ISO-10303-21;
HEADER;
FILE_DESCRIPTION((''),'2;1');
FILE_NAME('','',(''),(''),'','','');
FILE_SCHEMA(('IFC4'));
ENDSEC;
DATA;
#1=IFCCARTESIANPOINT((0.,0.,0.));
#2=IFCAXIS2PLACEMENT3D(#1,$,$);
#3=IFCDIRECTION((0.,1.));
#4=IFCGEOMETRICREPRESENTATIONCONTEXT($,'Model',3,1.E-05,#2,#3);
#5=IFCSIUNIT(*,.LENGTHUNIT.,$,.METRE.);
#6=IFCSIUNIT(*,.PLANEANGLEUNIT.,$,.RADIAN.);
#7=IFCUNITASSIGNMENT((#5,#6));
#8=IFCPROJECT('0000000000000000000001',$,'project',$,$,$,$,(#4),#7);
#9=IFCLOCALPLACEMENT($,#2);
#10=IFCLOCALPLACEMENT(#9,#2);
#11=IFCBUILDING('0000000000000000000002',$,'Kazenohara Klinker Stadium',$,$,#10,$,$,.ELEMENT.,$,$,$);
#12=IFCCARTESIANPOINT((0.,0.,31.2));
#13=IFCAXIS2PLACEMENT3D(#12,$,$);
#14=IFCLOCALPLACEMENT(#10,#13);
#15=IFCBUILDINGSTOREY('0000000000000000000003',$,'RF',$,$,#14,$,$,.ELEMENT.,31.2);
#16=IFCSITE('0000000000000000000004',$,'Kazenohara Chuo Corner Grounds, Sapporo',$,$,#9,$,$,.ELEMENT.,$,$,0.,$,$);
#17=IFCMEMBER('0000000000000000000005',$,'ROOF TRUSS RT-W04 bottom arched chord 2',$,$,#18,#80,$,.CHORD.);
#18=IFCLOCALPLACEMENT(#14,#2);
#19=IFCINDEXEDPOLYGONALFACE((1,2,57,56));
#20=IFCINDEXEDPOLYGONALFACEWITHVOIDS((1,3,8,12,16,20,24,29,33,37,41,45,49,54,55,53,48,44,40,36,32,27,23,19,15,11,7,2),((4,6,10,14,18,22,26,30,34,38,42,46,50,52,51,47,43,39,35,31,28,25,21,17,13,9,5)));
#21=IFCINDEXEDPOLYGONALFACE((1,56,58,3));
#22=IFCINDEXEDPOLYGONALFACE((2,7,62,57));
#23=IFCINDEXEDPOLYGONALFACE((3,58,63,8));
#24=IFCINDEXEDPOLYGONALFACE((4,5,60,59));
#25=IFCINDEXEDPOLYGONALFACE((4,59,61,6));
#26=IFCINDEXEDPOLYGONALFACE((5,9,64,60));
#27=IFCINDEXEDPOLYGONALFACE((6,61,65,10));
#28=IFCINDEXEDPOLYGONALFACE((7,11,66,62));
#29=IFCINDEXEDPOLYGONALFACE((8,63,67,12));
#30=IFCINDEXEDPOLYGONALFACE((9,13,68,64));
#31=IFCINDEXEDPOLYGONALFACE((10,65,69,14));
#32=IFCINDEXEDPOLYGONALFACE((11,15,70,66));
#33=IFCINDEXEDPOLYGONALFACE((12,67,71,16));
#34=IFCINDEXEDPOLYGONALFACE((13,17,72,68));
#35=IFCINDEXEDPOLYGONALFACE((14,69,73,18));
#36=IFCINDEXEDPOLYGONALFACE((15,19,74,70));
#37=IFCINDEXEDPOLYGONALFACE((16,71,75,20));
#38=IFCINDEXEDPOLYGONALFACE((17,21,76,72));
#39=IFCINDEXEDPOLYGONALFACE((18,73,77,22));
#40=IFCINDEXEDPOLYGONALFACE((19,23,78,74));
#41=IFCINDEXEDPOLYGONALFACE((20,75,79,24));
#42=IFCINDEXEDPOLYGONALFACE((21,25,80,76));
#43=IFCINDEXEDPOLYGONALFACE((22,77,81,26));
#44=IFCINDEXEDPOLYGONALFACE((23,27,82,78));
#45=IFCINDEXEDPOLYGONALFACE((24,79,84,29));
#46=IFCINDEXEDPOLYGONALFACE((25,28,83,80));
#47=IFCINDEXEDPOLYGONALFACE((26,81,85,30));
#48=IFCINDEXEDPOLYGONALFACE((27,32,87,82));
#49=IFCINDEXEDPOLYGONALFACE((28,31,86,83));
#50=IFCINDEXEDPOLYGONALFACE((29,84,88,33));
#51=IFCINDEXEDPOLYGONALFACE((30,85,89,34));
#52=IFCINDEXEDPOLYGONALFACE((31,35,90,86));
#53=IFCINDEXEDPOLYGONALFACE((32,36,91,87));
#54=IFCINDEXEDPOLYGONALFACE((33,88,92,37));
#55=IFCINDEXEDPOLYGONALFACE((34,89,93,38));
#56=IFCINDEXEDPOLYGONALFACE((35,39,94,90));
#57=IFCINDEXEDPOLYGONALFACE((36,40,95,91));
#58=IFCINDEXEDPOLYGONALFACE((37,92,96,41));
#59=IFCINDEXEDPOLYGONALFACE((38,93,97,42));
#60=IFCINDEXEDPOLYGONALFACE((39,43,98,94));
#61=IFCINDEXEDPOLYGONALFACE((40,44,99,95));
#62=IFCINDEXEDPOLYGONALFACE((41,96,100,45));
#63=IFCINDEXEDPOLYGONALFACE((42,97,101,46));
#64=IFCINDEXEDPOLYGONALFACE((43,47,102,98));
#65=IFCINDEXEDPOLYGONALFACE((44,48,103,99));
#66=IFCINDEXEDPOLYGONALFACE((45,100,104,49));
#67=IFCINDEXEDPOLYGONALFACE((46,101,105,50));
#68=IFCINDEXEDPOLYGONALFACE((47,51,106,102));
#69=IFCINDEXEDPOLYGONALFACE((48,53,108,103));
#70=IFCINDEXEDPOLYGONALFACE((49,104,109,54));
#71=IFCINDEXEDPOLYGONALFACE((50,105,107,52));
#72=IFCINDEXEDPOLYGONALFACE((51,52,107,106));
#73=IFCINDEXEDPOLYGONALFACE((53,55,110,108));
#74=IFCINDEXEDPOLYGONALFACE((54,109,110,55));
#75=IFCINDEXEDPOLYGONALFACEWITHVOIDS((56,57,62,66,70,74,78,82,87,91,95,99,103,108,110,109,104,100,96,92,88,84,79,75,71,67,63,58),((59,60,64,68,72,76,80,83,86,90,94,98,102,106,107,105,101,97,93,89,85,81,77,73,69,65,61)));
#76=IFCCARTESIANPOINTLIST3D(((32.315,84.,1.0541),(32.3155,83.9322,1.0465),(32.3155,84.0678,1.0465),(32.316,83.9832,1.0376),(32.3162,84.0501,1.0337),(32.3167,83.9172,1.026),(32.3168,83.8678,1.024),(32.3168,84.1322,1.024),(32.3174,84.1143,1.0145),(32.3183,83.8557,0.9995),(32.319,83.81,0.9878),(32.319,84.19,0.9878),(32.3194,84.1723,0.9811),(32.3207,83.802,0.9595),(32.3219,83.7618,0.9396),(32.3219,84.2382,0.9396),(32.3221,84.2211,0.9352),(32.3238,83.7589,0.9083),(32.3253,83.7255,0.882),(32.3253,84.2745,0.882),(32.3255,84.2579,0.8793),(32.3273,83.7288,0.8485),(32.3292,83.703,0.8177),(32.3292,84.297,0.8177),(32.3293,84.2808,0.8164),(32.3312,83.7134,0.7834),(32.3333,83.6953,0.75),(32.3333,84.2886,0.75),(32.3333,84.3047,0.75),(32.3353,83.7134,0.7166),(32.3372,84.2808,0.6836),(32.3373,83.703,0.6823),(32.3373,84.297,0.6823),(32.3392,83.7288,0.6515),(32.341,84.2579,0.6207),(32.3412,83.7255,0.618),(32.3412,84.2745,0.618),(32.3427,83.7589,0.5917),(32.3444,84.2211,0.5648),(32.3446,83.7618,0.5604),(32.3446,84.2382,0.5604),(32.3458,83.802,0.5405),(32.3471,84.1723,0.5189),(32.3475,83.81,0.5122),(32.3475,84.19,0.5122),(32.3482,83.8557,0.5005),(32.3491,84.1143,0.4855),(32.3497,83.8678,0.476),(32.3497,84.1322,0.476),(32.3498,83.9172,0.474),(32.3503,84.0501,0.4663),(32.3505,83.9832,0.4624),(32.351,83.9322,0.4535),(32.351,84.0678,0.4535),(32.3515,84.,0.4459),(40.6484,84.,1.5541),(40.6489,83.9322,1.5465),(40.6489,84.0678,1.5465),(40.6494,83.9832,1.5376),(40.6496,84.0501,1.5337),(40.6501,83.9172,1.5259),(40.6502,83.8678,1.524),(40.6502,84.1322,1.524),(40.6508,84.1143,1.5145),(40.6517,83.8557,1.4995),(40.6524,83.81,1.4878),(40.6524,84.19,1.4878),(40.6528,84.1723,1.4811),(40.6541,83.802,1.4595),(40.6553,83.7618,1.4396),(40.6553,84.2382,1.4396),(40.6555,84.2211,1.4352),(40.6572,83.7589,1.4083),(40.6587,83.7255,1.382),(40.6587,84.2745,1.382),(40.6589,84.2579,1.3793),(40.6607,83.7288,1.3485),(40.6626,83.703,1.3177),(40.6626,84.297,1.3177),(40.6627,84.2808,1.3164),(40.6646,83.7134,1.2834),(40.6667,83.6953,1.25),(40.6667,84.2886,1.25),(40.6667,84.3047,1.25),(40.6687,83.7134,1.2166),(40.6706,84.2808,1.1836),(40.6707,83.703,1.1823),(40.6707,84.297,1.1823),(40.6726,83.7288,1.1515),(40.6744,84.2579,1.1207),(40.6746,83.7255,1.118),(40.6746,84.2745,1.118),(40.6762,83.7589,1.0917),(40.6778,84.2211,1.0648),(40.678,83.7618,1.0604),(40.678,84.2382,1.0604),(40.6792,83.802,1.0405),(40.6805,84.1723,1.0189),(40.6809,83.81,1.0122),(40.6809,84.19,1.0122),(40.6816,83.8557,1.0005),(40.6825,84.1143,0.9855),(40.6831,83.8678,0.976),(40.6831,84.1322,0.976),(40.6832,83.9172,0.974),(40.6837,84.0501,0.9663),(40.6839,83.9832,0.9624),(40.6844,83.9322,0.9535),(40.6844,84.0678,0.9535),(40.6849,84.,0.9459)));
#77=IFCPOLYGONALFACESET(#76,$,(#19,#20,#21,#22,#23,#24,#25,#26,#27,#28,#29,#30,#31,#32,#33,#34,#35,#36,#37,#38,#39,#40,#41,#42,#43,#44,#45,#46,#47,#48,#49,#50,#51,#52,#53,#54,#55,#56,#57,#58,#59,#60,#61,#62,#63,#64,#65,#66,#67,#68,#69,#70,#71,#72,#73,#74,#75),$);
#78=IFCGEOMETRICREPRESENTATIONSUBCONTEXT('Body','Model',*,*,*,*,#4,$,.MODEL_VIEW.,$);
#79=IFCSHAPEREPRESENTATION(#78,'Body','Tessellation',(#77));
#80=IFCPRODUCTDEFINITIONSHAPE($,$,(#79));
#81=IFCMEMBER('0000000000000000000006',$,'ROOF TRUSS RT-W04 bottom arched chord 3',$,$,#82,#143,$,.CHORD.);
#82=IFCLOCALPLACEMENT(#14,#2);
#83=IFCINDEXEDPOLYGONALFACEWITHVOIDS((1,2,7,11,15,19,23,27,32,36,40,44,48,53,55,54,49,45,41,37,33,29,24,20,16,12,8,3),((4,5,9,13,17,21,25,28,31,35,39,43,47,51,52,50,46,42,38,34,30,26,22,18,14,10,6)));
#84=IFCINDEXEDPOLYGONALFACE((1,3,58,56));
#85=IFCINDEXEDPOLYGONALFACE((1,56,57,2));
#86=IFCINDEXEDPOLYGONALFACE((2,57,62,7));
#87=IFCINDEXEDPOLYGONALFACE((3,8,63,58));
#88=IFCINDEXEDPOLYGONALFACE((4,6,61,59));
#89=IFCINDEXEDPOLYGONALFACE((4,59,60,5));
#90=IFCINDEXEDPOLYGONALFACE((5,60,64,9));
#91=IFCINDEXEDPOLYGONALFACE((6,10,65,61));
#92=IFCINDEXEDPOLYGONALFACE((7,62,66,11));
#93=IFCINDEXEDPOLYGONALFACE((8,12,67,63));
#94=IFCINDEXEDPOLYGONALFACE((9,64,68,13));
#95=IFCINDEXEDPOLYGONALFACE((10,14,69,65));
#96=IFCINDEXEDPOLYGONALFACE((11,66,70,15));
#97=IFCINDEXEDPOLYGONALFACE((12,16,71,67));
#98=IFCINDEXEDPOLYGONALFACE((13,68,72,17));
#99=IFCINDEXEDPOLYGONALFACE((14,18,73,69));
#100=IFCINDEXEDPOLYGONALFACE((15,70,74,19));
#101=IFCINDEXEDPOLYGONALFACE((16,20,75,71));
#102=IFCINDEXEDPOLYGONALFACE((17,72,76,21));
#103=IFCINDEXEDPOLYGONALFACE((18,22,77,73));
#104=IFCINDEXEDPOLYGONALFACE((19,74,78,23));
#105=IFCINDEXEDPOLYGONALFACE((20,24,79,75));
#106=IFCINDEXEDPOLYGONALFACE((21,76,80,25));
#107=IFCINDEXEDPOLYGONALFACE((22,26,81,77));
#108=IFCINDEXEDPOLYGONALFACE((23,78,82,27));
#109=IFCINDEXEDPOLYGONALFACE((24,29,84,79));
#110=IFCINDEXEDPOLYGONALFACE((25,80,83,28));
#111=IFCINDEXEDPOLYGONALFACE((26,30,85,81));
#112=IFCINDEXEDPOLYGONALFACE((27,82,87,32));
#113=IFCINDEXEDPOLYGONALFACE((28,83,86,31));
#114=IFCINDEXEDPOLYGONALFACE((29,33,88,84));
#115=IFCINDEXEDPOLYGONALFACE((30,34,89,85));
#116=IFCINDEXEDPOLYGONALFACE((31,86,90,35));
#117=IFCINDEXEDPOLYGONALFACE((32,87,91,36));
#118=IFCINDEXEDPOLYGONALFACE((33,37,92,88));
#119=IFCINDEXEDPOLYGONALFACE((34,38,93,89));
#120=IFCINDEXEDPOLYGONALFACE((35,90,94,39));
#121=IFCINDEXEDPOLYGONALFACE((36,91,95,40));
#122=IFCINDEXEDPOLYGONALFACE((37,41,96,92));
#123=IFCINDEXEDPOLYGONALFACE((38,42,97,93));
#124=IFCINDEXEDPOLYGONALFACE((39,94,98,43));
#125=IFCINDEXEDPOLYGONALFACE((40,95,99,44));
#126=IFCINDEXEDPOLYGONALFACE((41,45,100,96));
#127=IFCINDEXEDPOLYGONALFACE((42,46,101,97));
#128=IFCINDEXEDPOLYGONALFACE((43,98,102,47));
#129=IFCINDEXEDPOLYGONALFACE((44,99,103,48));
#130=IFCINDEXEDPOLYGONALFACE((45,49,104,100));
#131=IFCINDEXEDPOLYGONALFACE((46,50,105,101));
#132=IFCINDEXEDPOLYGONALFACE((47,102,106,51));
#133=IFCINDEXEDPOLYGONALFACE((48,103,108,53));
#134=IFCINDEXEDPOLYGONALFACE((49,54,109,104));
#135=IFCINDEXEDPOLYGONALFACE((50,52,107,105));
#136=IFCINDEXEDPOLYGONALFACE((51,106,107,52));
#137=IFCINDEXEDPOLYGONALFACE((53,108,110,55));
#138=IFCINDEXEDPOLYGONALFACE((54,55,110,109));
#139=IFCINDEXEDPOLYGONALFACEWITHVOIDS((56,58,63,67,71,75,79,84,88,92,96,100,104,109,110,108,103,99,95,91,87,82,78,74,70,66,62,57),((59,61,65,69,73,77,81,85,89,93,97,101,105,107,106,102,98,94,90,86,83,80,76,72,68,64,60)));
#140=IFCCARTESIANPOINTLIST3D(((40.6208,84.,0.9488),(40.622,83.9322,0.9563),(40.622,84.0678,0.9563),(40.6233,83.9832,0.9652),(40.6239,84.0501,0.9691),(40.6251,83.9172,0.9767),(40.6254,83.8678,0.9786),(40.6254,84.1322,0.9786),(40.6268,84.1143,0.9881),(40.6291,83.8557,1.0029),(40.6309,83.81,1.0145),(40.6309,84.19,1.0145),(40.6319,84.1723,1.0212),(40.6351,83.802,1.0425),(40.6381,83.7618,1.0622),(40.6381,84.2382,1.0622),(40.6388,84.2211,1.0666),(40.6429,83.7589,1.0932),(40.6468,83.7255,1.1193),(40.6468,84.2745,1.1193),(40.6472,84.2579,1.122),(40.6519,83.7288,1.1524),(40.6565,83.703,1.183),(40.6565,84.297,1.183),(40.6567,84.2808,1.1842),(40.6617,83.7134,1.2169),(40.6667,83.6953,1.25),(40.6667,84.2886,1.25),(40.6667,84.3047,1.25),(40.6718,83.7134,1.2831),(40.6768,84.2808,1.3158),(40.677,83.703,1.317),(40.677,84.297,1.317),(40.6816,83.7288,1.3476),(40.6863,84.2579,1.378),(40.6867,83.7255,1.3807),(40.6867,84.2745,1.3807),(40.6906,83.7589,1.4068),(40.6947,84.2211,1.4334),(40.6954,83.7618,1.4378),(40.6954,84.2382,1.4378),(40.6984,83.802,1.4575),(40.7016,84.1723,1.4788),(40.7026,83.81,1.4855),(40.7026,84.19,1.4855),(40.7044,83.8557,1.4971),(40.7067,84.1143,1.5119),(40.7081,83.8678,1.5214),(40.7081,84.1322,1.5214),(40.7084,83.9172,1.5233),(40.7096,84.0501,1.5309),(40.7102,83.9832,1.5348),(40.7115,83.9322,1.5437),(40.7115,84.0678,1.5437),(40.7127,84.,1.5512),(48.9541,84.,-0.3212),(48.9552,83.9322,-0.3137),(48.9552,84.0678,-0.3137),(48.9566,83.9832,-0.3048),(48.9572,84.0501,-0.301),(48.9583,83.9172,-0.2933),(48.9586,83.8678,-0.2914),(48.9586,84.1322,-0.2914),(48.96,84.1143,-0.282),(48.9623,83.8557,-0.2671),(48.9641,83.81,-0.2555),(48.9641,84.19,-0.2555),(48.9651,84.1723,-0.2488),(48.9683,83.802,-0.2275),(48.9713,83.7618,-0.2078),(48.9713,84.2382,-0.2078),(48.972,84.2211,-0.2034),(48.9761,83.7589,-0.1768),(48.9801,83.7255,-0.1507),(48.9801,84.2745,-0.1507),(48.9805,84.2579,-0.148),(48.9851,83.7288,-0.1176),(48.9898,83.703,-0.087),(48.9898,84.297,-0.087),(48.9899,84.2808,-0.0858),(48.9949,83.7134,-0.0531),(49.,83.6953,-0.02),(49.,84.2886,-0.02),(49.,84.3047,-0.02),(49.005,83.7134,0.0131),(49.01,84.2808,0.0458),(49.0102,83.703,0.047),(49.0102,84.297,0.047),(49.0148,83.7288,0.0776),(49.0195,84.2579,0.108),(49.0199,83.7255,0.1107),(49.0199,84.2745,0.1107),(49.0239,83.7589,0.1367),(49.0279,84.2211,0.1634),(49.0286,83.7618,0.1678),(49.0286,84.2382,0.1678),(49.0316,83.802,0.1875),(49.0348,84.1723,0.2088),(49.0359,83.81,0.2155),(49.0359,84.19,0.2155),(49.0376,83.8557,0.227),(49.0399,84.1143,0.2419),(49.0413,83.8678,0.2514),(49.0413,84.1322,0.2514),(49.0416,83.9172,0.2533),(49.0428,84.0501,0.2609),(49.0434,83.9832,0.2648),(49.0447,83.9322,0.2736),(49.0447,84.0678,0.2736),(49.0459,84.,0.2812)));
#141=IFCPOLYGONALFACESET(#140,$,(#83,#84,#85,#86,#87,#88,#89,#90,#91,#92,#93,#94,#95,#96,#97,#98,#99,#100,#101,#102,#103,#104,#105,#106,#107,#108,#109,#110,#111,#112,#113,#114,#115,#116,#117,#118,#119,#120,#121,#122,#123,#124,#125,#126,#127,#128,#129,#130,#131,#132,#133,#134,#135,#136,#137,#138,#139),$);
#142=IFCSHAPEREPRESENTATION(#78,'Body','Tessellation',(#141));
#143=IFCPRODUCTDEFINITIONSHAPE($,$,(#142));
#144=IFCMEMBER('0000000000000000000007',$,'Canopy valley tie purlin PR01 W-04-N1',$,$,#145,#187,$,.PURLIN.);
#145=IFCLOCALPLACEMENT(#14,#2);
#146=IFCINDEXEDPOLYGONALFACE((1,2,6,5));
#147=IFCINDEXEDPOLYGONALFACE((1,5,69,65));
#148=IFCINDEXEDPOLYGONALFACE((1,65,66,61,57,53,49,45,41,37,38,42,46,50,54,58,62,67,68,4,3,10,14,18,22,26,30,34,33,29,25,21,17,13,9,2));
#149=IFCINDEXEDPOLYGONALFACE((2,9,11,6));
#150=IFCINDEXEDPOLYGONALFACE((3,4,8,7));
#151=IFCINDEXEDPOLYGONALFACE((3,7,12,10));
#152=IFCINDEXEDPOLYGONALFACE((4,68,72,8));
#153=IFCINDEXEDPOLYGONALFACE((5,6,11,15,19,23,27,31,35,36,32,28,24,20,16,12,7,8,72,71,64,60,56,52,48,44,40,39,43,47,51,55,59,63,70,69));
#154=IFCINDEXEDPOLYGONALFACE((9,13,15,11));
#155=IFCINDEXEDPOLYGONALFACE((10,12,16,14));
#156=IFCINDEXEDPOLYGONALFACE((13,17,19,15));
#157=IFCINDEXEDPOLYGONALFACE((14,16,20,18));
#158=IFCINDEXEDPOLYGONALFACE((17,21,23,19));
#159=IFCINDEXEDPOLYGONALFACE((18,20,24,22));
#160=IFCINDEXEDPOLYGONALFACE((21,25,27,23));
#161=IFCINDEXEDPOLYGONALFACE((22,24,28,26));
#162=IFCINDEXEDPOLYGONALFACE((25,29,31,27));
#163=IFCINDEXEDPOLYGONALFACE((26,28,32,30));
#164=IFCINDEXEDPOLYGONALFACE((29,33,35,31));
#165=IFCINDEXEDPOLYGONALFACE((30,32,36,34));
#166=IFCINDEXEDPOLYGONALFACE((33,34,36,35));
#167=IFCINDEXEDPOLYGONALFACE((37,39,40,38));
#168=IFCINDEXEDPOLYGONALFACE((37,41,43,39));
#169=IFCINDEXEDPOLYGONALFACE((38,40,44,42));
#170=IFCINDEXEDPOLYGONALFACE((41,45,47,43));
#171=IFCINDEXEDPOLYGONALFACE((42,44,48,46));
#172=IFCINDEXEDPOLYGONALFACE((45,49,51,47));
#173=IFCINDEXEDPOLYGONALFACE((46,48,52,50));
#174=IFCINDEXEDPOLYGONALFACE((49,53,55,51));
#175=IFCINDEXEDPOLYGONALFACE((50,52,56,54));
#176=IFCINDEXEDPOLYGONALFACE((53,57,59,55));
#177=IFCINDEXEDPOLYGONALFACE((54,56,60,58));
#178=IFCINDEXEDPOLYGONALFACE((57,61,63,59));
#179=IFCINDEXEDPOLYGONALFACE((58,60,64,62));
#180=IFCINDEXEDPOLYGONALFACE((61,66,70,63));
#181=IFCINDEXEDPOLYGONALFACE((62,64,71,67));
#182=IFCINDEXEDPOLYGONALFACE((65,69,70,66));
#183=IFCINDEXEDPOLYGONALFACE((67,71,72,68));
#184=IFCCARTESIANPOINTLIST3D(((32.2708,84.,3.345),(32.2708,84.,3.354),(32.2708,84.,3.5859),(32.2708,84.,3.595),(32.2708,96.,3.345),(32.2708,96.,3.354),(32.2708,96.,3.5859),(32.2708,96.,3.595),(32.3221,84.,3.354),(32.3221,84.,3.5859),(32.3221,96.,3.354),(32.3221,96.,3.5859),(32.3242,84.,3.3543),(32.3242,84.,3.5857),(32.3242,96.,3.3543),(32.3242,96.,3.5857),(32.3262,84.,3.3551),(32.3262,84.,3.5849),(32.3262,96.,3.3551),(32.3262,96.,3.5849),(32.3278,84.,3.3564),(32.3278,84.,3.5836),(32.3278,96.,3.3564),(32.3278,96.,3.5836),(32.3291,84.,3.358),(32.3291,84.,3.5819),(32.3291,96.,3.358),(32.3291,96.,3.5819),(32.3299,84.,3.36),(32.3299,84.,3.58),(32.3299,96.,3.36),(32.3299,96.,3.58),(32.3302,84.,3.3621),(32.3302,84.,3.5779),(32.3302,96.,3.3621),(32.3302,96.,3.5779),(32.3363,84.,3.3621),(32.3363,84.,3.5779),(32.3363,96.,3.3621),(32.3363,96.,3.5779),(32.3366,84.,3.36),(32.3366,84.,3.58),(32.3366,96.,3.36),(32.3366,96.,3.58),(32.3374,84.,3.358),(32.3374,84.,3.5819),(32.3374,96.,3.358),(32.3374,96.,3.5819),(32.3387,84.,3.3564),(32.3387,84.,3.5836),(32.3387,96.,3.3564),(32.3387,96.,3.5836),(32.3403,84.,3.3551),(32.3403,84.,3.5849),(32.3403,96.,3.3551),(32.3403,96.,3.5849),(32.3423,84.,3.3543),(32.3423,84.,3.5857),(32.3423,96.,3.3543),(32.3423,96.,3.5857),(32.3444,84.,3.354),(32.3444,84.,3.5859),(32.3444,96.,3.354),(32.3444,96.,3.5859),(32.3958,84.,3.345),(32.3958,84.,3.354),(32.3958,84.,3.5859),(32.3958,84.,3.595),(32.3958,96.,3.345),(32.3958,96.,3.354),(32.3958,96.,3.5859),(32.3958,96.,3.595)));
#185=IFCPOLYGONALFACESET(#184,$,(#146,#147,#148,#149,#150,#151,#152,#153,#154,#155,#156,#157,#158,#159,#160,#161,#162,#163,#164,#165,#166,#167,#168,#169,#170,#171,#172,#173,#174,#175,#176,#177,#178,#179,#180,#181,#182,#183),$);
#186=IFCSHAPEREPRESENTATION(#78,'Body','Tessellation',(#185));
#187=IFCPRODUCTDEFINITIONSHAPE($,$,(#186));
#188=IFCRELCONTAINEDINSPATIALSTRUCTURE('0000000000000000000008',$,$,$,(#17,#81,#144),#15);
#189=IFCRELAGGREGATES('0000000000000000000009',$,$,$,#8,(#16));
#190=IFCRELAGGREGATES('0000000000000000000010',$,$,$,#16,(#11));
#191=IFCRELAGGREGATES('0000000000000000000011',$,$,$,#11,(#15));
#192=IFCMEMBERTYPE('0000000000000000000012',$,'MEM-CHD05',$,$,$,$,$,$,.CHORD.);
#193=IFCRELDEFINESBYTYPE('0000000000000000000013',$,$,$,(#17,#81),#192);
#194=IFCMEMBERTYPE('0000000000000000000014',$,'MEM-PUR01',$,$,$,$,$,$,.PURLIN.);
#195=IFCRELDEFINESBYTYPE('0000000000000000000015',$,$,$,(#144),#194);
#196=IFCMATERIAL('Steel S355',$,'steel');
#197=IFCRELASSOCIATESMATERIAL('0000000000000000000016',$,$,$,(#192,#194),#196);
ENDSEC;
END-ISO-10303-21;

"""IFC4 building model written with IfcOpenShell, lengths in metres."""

from ifc_helpers import new_model, si_unit, direction, frame, origin, origin_2d, place, context, subcontext, project, spatial, hollow_circle, i_section, extrude, material, material_profile, profile_set, type_object, element, save


model = new_model("IFC4")

# Units and contexts
model_context = context("Model", 3, precision=1e-05, world=origin(), true_north=direction((0.0, 1.0)))
body_context = subcontext(model_context, "Body", "Model", "MODEL_VIEW")
ifc_project = project(units=[si_unit("LENGTHUNIT", "METRE"), si_unit("PLANEANGLEUNIT", "RADIAN")], contexts=[model_context])

# Site, building, storey
site_placement = place(None, origin())
site = spatial("IfcSite", under=ifc_project, at=site_placement, Name="Kazenohara Chuo Corner Grounds, Sapporo", CompositionType="ELEMENT", RefElevation=0.0)
building_placement = place(site_placement, origin())
building = spatial("IfcBuilding", under=site, at=building_placement, Name="Kazenohara Klinker Stadium", CompositionType="ELEMENT")
storey_placement = place(building_placement, frame((0.0, 0.0, 31.2)))
storey = spatial("IfcBuildingStorey", under=building, at=storey_placement, Name="RF", CompositionType="ELEMENT", Elevation=31.2)

# Members
ifc_material_1 = material(Name="Steel S355", Category="steel")
ifc_material_profile_1 = material_profile(ifc_material_1, hollow_circle(Radius=0.3047, WallThickness=0.0161, at=origin_2d()), Name="CHS-609.6x16")
ifc_profile_set_1 = profile_set([ifc_material_profile_1], Name="Steel S355")
member_type_1 = type_object("IfcMemberType", Name="MEM-CHD05", PredefinedType="CHORD", material=ifc_profile_set_1)
member_1_placement = place(storey_placement, frame((32.3333, 84.0, 0.75), z_axis=(0.998205, 0.0, 0.059891), x_axis=(0.0, 1.0, 0.0)))
element("IfcMember", 1, at=member_1_placement, inside=storey, type_object=member_type_1, Name="ROOF TRUSS RT-W04 bottom arched chord 2", PredefinedType="CHORD", context=body_context, shape_type="SweptSolid", body=[
    extrude(hollow_circle(Radius=0.3047, WallThickness=0.0161, at=origin_2d()), origin(), (0.0, 0.0, 1.0), 8.3484),
])
member_2_placement = place(storey_placement, frame((40.6667, 84.0, 1.25), z_axis=(0.988585, 0.0, -0.150664), x_axis=(0.0, 1.0, 0.0)))
element("IfcMember", 2, at=member_2_placement, inside=storey, type_object=member_type_1, Name="ROOF TRUSS RT-W04 bottom arched chord 3", PredefinedType="CHORD", context=body_context, shape_type="SweptSolid", body=[
    extrude(hollow_circle(Radius=0.3047, WallThickness=0.0161, at=origin_2d()), origin(), (0.0, 0.0, 1.0), 8.4294),
])
ifc_material_profile_2 = material_profile(ifc_material_1, i_section(OverallWidth=0.125, OverallDepth=0.25, WebThickness=0.0061, FlangeThickness=0.009, FilletRadius=0.0081, at=origin_2d()), Name="H-250x125x6x9")
ifc_profile_set_2 = profile_set([ifc_material_profile_2], Name="Steel S355")
member_type_2 = type_object("IfcMemberType", Name="MEM-PUR01", PredefinedType="PURLIN", material=ifc_profile_set_2)
member_3_placement = place(storey_placement, frame((32.3333, 84.0, 3.47), z_axis=(0.0, 1.0, 0.0), x_axis=(-1.0, 0.0, 0.0)))
element("IfcMember", 3, at=member_3_placement, inside=storey, type_object=member_type_2, Name="Canopy valley tie purlin PR01 W-04-N1", PredefinedType="PURLIN", context=body_context, shape_type="SweptSolid", body=[
    extrude(i_section(OverallWidth=0.125, OverallDepth=0.25, WebThickness=0.0061, FlangeThickness=0.009, FilletRadius=0.0081, at=origin_2d()), origin(), (0.0, 0.0, 1.0), 12.0),
])

save(model, "model.ifc")
